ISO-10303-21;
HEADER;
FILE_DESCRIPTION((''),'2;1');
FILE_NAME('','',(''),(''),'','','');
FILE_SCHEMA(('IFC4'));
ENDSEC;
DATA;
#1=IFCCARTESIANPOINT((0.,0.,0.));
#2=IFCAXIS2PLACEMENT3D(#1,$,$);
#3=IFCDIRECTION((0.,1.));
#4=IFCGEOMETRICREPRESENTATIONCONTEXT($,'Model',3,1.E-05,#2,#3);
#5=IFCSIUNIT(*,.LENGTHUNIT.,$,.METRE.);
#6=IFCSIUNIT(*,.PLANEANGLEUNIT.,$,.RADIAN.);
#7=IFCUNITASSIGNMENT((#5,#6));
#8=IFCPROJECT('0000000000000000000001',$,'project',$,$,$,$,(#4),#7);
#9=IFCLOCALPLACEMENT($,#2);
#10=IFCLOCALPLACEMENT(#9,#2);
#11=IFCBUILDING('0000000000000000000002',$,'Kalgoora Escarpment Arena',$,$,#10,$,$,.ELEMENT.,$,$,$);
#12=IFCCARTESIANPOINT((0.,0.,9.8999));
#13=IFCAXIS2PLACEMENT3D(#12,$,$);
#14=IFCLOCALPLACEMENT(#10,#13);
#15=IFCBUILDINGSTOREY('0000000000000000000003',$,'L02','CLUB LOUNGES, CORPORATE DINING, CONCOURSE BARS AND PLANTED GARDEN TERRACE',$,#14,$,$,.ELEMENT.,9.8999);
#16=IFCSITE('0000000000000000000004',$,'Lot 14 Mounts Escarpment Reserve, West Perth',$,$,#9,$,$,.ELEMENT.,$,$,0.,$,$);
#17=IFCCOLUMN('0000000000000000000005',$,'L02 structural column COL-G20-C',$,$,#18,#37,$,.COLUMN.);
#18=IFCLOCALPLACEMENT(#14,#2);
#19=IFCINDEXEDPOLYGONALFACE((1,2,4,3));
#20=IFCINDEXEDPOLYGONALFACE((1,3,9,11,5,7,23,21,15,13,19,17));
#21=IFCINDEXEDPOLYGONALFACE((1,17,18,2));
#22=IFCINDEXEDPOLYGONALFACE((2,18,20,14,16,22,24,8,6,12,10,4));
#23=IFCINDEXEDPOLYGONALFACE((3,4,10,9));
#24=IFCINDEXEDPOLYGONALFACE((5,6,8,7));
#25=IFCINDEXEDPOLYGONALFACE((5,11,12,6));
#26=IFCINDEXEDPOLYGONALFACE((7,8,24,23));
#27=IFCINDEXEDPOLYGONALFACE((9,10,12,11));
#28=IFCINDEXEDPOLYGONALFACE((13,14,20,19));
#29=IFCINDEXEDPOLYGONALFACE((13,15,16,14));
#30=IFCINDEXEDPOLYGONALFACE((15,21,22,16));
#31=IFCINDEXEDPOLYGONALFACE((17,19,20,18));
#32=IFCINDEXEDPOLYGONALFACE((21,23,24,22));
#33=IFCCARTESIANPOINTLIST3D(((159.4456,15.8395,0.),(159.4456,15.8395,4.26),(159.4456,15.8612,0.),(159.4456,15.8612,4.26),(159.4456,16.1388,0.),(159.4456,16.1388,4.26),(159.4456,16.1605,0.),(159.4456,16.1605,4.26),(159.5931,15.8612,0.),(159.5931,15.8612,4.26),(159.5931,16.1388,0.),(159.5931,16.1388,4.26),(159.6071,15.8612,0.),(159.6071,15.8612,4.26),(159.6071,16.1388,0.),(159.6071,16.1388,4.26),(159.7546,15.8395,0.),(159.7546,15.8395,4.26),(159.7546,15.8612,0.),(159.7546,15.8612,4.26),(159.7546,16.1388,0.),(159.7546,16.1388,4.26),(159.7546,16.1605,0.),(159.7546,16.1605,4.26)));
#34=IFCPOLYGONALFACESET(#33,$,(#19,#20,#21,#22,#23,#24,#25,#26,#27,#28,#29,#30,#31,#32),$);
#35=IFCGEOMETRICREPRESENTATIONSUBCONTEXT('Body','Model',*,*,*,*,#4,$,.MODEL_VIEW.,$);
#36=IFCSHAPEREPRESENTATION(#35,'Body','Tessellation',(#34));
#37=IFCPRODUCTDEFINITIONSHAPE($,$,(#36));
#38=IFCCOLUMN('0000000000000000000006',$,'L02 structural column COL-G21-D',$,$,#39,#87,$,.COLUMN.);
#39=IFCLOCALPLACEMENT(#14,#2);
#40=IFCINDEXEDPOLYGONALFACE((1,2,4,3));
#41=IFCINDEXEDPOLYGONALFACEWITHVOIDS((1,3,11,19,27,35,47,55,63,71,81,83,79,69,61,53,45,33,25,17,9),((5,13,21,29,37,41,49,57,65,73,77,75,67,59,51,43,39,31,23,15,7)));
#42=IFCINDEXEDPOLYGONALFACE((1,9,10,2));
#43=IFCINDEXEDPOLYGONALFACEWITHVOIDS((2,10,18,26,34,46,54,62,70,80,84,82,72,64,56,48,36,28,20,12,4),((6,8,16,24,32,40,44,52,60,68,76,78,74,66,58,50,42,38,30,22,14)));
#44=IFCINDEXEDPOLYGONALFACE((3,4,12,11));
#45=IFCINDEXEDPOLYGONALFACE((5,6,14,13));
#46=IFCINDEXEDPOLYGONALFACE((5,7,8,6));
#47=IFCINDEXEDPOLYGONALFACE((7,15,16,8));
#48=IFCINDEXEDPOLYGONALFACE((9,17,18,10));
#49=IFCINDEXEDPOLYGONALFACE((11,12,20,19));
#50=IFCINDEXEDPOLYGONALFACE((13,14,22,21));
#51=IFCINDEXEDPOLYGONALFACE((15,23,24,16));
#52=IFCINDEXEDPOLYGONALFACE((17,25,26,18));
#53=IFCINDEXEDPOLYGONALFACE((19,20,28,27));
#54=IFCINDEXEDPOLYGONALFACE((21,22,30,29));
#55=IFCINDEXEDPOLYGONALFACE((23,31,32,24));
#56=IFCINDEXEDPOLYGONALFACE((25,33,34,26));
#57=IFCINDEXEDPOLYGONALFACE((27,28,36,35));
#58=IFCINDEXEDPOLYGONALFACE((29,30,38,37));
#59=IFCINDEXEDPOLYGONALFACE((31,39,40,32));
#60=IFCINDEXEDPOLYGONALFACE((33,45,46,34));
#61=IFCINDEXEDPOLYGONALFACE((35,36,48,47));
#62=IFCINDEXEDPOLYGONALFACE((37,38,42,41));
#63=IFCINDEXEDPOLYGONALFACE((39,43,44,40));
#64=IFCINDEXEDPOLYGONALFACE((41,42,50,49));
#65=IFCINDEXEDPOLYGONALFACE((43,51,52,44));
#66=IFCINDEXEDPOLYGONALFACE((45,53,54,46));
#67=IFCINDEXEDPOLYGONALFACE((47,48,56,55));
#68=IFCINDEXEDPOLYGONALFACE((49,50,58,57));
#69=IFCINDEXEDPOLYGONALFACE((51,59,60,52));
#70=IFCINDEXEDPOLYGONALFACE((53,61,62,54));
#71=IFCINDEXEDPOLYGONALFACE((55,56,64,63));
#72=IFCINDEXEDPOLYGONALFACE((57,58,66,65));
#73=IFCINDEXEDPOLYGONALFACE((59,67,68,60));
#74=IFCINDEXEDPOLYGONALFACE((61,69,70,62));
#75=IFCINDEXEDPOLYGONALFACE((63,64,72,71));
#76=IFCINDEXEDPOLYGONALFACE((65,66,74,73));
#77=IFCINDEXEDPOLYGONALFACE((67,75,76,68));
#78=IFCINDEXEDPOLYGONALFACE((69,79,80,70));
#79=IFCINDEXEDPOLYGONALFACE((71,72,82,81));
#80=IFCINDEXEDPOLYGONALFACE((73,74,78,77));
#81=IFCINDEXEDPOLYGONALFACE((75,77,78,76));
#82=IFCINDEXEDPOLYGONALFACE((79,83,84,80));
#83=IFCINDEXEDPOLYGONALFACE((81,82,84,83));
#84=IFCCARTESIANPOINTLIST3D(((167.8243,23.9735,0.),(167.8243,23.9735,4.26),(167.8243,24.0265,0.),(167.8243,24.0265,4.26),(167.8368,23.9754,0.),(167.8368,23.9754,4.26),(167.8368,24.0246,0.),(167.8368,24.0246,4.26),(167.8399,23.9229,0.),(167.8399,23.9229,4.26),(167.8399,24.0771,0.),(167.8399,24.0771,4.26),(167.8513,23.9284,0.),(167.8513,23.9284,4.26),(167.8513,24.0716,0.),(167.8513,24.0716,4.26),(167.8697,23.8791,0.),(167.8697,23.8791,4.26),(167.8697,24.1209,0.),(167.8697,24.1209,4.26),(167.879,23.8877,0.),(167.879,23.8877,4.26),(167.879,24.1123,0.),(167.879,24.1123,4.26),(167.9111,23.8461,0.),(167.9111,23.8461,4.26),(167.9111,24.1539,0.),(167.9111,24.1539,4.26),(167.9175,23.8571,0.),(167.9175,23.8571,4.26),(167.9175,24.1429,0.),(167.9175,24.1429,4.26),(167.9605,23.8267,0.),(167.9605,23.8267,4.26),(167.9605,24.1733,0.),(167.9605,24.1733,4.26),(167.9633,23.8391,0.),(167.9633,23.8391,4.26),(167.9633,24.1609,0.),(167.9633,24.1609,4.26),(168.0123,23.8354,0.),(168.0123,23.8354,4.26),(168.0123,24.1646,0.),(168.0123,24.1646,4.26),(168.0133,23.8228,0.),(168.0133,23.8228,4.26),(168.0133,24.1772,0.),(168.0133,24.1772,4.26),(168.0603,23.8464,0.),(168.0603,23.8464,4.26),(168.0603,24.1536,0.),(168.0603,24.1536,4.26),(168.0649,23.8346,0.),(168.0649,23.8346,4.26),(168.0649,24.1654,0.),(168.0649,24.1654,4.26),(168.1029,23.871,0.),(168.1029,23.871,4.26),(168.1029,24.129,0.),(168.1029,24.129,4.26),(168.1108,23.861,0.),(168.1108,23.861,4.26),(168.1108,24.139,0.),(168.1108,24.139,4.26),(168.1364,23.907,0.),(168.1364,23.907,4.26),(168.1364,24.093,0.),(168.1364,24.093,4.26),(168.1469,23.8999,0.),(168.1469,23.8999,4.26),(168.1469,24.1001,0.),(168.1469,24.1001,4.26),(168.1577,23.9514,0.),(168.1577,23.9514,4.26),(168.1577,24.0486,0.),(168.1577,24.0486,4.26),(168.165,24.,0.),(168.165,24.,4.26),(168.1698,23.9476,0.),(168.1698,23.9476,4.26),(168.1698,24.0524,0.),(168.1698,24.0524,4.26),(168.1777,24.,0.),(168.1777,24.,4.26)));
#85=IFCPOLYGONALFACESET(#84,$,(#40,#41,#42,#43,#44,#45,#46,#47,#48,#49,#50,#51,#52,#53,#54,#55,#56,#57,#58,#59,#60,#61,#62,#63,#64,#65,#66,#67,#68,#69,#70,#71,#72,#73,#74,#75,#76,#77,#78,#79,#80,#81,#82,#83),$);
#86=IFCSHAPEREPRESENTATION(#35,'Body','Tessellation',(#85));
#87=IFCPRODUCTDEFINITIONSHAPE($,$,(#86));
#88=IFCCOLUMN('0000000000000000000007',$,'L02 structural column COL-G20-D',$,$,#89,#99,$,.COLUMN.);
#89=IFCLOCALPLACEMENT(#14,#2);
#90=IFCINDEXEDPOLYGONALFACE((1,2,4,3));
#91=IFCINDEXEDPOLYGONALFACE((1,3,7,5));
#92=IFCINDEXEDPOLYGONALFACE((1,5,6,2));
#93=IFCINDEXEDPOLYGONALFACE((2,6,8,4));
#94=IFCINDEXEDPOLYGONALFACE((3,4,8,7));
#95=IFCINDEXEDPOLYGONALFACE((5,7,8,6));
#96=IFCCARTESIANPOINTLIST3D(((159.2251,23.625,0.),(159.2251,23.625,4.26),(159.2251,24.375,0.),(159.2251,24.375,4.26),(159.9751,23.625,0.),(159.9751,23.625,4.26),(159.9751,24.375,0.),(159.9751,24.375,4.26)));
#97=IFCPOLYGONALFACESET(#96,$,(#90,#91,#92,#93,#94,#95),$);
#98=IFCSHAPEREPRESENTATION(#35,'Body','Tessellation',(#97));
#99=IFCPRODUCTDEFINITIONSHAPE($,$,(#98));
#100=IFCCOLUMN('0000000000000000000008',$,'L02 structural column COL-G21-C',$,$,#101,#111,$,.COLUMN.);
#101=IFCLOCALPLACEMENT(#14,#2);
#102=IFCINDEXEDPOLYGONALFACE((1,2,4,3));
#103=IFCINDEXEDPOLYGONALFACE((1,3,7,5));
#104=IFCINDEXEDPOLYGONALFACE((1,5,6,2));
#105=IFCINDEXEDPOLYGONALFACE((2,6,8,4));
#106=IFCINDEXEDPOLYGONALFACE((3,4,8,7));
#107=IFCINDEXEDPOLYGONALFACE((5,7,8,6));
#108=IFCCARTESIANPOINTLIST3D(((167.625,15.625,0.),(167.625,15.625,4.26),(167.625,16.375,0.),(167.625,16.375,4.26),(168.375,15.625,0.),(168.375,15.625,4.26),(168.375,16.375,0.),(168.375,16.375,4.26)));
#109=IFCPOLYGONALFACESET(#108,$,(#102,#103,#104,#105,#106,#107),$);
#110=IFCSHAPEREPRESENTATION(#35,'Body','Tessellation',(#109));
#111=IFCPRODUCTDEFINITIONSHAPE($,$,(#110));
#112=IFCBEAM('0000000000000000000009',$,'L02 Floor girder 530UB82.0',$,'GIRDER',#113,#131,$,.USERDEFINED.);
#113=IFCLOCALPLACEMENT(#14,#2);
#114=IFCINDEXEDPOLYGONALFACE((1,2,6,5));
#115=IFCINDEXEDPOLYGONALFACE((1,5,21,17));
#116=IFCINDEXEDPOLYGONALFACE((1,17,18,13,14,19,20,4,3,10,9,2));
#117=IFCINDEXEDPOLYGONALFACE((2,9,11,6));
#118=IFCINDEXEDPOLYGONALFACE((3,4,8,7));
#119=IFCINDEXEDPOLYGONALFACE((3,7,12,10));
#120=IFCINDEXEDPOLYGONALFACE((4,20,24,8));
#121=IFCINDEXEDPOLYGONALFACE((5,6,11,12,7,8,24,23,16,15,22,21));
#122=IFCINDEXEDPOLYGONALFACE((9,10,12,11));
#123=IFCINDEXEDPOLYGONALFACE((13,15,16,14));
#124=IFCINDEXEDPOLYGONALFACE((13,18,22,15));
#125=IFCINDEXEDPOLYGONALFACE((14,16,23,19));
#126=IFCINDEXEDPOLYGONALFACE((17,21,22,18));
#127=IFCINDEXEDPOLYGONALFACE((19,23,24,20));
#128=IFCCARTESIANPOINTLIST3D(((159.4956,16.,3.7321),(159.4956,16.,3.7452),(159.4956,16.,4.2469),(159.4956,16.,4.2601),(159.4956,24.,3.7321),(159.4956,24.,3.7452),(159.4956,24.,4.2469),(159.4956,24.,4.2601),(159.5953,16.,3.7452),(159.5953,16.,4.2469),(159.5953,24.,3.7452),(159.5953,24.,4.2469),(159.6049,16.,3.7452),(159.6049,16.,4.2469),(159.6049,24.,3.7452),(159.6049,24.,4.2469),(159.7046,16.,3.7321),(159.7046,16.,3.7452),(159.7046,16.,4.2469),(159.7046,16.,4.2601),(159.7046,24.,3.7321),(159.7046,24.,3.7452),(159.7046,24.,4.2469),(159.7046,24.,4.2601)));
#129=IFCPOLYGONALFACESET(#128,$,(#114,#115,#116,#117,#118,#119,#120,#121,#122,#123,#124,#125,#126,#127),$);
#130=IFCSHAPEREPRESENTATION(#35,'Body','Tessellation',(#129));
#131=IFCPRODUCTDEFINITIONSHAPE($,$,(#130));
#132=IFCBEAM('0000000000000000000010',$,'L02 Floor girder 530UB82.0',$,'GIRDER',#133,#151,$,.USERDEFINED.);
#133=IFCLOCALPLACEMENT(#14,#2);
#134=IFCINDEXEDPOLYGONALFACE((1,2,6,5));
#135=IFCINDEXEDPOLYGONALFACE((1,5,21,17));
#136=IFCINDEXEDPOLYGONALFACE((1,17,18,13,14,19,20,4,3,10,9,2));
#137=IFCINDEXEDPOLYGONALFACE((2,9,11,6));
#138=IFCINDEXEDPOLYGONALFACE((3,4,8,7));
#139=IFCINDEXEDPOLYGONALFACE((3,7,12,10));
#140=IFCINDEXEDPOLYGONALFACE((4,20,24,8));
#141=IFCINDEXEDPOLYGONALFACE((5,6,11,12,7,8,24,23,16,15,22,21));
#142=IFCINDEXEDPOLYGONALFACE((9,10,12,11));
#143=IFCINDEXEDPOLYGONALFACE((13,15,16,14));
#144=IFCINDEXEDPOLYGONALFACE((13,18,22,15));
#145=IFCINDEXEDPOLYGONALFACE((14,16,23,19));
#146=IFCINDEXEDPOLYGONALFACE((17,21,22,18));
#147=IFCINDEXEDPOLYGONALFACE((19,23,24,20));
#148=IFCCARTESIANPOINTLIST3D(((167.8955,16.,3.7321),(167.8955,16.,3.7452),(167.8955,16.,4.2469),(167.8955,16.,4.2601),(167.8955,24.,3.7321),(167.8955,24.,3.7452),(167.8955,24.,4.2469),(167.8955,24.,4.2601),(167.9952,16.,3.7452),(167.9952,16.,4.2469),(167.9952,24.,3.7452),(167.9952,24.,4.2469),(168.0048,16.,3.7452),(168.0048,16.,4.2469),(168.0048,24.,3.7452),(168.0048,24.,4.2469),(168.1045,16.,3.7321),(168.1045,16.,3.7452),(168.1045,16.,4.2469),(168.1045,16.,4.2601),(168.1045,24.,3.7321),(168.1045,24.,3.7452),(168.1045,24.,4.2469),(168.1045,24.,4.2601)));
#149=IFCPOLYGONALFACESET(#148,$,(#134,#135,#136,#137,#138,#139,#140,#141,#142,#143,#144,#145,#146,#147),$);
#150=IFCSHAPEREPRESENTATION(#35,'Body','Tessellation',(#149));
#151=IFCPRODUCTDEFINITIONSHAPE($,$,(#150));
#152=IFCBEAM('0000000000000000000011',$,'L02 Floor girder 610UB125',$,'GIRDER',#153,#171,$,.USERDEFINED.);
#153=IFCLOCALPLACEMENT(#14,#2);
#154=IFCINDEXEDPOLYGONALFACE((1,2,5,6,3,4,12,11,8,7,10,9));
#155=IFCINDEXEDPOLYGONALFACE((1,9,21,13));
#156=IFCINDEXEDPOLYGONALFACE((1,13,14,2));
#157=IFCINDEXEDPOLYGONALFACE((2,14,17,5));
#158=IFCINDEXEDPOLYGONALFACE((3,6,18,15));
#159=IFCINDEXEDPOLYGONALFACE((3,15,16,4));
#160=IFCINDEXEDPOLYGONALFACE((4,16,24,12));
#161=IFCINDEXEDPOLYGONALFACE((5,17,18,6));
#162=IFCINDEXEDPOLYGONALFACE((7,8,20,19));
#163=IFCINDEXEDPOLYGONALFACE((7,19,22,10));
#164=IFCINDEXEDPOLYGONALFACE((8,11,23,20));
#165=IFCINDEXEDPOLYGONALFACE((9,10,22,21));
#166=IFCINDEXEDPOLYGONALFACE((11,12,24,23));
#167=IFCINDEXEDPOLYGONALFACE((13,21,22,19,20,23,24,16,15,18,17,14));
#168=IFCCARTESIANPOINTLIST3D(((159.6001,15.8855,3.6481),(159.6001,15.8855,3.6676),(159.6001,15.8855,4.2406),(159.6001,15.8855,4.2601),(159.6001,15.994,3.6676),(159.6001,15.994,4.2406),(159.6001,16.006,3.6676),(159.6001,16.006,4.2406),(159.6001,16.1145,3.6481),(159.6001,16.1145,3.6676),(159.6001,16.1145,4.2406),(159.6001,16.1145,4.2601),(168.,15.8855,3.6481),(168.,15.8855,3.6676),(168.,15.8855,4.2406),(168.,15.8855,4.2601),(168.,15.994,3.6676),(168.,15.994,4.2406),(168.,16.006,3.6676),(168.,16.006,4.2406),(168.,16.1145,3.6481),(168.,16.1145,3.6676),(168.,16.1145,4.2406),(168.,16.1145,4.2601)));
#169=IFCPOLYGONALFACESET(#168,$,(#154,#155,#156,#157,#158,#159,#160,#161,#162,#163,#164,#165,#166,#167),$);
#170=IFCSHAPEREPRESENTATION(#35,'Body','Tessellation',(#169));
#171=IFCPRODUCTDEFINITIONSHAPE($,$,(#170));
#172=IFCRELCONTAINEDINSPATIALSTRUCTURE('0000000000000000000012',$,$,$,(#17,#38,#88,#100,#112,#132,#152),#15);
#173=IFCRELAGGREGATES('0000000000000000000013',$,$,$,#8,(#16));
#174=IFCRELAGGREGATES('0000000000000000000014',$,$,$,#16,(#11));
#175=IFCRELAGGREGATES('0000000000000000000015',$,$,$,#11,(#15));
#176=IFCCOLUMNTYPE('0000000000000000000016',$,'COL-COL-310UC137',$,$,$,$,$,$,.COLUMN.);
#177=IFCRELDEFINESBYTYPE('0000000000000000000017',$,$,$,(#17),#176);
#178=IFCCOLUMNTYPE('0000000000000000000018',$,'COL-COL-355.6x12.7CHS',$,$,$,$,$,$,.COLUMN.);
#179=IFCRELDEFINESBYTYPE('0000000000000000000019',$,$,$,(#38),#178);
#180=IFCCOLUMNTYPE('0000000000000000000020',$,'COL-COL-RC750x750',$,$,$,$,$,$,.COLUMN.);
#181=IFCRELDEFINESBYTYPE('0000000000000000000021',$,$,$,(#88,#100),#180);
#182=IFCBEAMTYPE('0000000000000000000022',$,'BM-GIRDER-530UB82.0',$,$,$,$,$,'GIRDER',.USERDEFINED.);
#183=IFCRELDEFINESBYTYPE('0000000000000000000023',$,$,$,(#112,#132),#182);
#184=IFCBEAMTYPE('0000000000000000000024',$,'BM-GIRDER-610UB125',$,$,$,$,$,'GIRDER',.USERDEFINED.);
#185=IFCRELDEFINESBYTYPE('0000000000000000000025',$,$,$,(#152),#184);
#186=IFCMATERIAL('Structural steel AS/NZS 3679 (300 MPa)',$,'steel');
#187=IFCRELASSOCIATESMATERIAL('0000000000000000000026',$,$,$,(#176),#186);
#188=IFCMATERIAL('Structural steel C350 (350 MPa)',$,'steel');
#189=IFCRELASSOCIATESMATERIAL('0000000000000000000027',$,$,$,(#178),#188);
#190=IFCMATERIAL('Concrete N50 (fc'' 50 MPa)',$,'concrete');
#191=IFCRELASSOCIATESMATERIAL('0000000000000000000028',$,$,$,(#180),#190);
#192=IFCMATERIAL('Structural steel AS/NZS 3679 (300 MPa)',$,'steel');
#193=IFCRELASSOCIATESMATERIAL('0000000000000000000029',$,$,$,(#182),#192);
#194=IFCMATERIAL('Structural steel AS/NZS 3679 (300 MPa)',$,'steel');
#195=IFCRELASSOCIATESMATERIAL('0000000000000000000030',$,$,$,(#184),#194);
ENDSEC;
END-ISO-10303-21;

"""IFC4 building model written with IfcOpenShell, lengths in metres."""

from ifc_helpers import new_model, si_unit, direction, frame, origin, origin_2d, place, context, subcontext, project, spatial, rectangle, hollow_circle, i_section, extrude, material, material_profile, profile_set, type_object, element, save


model = new_model("IFC4")

# Units and contexts
model_context = context("Model", 3, precision=1e-05, world=origin(), true_north=direction((0.0, 1.0)))
body_context = subcontext(model_context, "Body", "Model", "MODEL_VIEW")
ifc_project = project(units=[si_unit("LENGTHUNIT", "METRE"), si_unit("PLANEANGLEUNIT", "RADIAN")], contexts=[model_context])

# Site, building, storey
site_placement = place(None, origin())
site = spatial("IfcSite", under=ifc_project, at=site_placement, Name="Lot 14 Mounts Escarpment Reserve, West Perth", CompositionType="ELEMENT", RefElevation=0.0)
building_placement = place(site_placement, origin())
building = spatial("IfcBuilding", under=site, at=building_placement, Name="Kalgoora Escarpment Arena", CompositionType="ELEMENT")
storey_placement = place(building_placement, frame((0.0, 0.0, 9.8999)))
storey = spatial("IfcBuildingStorey", under=building, at=storey_placement, Name="L02", Description="CLUB LOUNGES, CORPORATE DINING, CONCOURSE BARS AND PLANTED GARDEN TERRACE", CompositionType="ELEMENT", Elevation=9.8999)

# Columns
ifc_material_1 = material(Name="Structural steel AS/NZS 3679 (300 MPa)", Category="steel")
ifc_material_profile_1 = material_profile(ifc_material_1, i_section(OverallWidth=0.3091, OverallDepth=0.321, WebThickness=0.0139, FlangeThickness=0.0217, at=origin_2d()))
ifc_profile_set_1 = profile_set([ifc_material_profile_1], Name="Structural steel AS/NZS 3679 (300 MPa)")
column_type_1 = type_object("IfcColumnType", Name="COL-COL-310UC137", PredefinedType="COLUMN", material=ifc_profile_set_1)
column_1_placement = place(storey_placement, frame((159.6001, 16.0, 0.0), z_axis=(0.0, 0.0, 1.0), x_axis=(1.0, 0.0, 0.0)))
element("IfcColumn", 1, at=column_1_placement, inside=storey, type_object=column_type_1, Name="L02 structural column COL-G20-C", PredefinedType="COLUMN", context=body_context, shape_type="SweptSolid", body=[
    extrude(i_section(OverallWidth=0.3091, OverallDepth=0.321, WebThickness=0.0139, FlangeThickness=0.0217, at=origin_2d()), origin(), (0.0, 0.0, 1.0), 4.26),
])
ifc_material_2 = material(Name="Structural steel C350 (350 MPa)", Category="steel")
ifc_material_profile_2 = material_profile(ifc_material_2, hollow_circle(Radius=0.1777, WallThickness=0.0127, at=origin_2d()))
ifc_profile_set_2 = profile_set([ifc_material_profile_2], Name="Structural steel C350 (350 MPa)")
column_type_2 = type_object("IfcColumnType", Name="COL-COL-355.6x12.7CHS", PredefinedType="COLUMN", material=ifc_profile_set_2)
column_2_placement = place(storey_placement, frame((168.0, 24.0, 0.0), z_axis=(0.0, 0.0, 1.0), x_axis=(1.0, 0.0, 0.0)))
element("IfcColumn", 2, at=column_2_placement, inside=storey, type_object=column_type_2, Name="L02 structural column COL-G21-D", PredefinedType="COLUMN", context=body_context, shape_type="SweptSolid", body=[
    extrude(hollow_circle(Radius=0.1777, WallThickness=0.0127, at=origin_2d()), origin(), (0.0, 0.0, 1.0), 4.26),
])
ifc_material_3 = material(Name="Concrete N50 (fc' 50 MPa)", Category="concrete")
ifc_material_profile_3 = material_profile(ifc_material_3, rectangle(XDim=0.75, YDim=0.75, at=origin_2d()))
ifc_profile_set_3 = profile_set([ifc_material_profile_3], Name="Concrete N50 (fc' 50 MPa)")
column_type_3 = type_object("IfcColumnType", Name="COL-COL-RC750x750", PredefinedType="COLUMN", material=ifc_profile_set_3)
for number, where, z_axis, x_axis, name in (
    (3, (159.6001, 24.0, 0.0), (0.0, 0.0, 1.0), (1.0, 0.0, 0.0), "L02 structural column COL-G20-D"),
    (4, (168.0, 16.0, 0.0), (0.0, 0.0, 1.0), (1.0, 0.0, 0.0), "L02 structural column COL-G21-C"),
):
    element("IfcColumn", number, at=place(storey_placement, frame(where, z_axis=z_axis, x_axis=x_axis)), inside=storey, type_object=column_type_3, Name=name, PredefinedType="COLUMN", context=body_context, shape_type="SweptSolid", body=[
        extrude(rectangle(XDim=0.75, YDim=0.75, at=origin_2d()), origin(), (0.0, 0.0, 1.0), 4.26),
    ])

# Beams
ifc_material_4 = material(Name="Structural steel AS/NZS 3679 (300 MPa)", Category="steel")
ifc_material_profile_4 = material_profile(ifc_material_4, i_section(OverallWidth=0.209, OverallDepth=0.5281, WebThickness=0.0095, FlangeThickness=0.0132, at=origin_2d()))
ifc_profile_set_4 = profile_set([ifc_material_profile_4], Name="Structural steel AS/NZS 3679 (300 MPa)")
beam_type_1 = type_object("IfcBeamType", Name="BM-GIRDER-530UB82.0", ElementType="GIRDER", PredefinedType="USERDEFINED", material=ifc_profile_set_4)
for number, where, z_axis, x_axis, name in (
    (5, (159.6001, 16.0, 3.9961), (0.0, 1.0, 0.0), (-1.0, 0.0, 0.0), "L02 Floor girder 530UB82.0"),
    (6, (168.0, 16.0, 3.9961), (0.0, 1.0, 0.0), (-1.0, 0.0, 0.0), "L02 Floor girder 530UB82.0"),
):
    element("IfcBeam", number, at=place(storey_placement, frame(where, z_axis=z_axis, x_axis=x_axis)), inside=storey, type_object=beam_type_1, Name=name, ObjectType="GIRDER", PredefinedType="USERDEFINED", context=body_context, shape_type="SweptSolid", body=[
        extrude(i_section(OverallWidth=0.209, OverallDepth=0.5281, WebThickness=0.0095, FlangeThickness=0.0132, at=origin_2d()), origin(), (0.0, 0.0, 1.0), 8.0),
    ])
ifc_material_5 = material(Name="Structural steel AS/NZS 3679 (300 MPa)", Category="steel")
ifc_material_profile_5 = material_profile(ifc_material_5, i_section(OverallWidth=0.229, OverallDepth=0.6121, WebThickness=0.012, FlangeThickness=0.0195, at=origin_2d()))
ifc_profile_set_5 = profile_set([ifc_material_profile_5], Name="Structural steel AS/NZS 3679 (300 MPa)")
beam_type_2 = type_object("IfcBeamType", Name="BM-GIRDER-610UB125", ElementType="GIRDER", PredefinedType="USERDEFINED", material=ifc_profile_set_5)
beam_1_placement = place(storey_placement, frame((159.6001, 16.0, 3.9541), z_axis=(1.0, 0.0, 0.0), x_axis=(0.0, 1.0, 0.0)))
element("IfcBeam", 7, at=beam_1_placement, inside=storey, type_object=beam_type_2, Name="L02 Floor girder 610UB125", ObjectType="GIRDER", PredefinedType="USERDEFINED", context=body_context, shape_type="SweptSolid", body=[
    extrude(i_section(OverallWidth=0.229, OverallDepth=0.6121, WebThickness=0.012, FlangeThickness=0.0195, at=origin_2d()), origin(), (0.0, 0.0, 1.0), 8.3999),
])

save(model, "model.ifc")
